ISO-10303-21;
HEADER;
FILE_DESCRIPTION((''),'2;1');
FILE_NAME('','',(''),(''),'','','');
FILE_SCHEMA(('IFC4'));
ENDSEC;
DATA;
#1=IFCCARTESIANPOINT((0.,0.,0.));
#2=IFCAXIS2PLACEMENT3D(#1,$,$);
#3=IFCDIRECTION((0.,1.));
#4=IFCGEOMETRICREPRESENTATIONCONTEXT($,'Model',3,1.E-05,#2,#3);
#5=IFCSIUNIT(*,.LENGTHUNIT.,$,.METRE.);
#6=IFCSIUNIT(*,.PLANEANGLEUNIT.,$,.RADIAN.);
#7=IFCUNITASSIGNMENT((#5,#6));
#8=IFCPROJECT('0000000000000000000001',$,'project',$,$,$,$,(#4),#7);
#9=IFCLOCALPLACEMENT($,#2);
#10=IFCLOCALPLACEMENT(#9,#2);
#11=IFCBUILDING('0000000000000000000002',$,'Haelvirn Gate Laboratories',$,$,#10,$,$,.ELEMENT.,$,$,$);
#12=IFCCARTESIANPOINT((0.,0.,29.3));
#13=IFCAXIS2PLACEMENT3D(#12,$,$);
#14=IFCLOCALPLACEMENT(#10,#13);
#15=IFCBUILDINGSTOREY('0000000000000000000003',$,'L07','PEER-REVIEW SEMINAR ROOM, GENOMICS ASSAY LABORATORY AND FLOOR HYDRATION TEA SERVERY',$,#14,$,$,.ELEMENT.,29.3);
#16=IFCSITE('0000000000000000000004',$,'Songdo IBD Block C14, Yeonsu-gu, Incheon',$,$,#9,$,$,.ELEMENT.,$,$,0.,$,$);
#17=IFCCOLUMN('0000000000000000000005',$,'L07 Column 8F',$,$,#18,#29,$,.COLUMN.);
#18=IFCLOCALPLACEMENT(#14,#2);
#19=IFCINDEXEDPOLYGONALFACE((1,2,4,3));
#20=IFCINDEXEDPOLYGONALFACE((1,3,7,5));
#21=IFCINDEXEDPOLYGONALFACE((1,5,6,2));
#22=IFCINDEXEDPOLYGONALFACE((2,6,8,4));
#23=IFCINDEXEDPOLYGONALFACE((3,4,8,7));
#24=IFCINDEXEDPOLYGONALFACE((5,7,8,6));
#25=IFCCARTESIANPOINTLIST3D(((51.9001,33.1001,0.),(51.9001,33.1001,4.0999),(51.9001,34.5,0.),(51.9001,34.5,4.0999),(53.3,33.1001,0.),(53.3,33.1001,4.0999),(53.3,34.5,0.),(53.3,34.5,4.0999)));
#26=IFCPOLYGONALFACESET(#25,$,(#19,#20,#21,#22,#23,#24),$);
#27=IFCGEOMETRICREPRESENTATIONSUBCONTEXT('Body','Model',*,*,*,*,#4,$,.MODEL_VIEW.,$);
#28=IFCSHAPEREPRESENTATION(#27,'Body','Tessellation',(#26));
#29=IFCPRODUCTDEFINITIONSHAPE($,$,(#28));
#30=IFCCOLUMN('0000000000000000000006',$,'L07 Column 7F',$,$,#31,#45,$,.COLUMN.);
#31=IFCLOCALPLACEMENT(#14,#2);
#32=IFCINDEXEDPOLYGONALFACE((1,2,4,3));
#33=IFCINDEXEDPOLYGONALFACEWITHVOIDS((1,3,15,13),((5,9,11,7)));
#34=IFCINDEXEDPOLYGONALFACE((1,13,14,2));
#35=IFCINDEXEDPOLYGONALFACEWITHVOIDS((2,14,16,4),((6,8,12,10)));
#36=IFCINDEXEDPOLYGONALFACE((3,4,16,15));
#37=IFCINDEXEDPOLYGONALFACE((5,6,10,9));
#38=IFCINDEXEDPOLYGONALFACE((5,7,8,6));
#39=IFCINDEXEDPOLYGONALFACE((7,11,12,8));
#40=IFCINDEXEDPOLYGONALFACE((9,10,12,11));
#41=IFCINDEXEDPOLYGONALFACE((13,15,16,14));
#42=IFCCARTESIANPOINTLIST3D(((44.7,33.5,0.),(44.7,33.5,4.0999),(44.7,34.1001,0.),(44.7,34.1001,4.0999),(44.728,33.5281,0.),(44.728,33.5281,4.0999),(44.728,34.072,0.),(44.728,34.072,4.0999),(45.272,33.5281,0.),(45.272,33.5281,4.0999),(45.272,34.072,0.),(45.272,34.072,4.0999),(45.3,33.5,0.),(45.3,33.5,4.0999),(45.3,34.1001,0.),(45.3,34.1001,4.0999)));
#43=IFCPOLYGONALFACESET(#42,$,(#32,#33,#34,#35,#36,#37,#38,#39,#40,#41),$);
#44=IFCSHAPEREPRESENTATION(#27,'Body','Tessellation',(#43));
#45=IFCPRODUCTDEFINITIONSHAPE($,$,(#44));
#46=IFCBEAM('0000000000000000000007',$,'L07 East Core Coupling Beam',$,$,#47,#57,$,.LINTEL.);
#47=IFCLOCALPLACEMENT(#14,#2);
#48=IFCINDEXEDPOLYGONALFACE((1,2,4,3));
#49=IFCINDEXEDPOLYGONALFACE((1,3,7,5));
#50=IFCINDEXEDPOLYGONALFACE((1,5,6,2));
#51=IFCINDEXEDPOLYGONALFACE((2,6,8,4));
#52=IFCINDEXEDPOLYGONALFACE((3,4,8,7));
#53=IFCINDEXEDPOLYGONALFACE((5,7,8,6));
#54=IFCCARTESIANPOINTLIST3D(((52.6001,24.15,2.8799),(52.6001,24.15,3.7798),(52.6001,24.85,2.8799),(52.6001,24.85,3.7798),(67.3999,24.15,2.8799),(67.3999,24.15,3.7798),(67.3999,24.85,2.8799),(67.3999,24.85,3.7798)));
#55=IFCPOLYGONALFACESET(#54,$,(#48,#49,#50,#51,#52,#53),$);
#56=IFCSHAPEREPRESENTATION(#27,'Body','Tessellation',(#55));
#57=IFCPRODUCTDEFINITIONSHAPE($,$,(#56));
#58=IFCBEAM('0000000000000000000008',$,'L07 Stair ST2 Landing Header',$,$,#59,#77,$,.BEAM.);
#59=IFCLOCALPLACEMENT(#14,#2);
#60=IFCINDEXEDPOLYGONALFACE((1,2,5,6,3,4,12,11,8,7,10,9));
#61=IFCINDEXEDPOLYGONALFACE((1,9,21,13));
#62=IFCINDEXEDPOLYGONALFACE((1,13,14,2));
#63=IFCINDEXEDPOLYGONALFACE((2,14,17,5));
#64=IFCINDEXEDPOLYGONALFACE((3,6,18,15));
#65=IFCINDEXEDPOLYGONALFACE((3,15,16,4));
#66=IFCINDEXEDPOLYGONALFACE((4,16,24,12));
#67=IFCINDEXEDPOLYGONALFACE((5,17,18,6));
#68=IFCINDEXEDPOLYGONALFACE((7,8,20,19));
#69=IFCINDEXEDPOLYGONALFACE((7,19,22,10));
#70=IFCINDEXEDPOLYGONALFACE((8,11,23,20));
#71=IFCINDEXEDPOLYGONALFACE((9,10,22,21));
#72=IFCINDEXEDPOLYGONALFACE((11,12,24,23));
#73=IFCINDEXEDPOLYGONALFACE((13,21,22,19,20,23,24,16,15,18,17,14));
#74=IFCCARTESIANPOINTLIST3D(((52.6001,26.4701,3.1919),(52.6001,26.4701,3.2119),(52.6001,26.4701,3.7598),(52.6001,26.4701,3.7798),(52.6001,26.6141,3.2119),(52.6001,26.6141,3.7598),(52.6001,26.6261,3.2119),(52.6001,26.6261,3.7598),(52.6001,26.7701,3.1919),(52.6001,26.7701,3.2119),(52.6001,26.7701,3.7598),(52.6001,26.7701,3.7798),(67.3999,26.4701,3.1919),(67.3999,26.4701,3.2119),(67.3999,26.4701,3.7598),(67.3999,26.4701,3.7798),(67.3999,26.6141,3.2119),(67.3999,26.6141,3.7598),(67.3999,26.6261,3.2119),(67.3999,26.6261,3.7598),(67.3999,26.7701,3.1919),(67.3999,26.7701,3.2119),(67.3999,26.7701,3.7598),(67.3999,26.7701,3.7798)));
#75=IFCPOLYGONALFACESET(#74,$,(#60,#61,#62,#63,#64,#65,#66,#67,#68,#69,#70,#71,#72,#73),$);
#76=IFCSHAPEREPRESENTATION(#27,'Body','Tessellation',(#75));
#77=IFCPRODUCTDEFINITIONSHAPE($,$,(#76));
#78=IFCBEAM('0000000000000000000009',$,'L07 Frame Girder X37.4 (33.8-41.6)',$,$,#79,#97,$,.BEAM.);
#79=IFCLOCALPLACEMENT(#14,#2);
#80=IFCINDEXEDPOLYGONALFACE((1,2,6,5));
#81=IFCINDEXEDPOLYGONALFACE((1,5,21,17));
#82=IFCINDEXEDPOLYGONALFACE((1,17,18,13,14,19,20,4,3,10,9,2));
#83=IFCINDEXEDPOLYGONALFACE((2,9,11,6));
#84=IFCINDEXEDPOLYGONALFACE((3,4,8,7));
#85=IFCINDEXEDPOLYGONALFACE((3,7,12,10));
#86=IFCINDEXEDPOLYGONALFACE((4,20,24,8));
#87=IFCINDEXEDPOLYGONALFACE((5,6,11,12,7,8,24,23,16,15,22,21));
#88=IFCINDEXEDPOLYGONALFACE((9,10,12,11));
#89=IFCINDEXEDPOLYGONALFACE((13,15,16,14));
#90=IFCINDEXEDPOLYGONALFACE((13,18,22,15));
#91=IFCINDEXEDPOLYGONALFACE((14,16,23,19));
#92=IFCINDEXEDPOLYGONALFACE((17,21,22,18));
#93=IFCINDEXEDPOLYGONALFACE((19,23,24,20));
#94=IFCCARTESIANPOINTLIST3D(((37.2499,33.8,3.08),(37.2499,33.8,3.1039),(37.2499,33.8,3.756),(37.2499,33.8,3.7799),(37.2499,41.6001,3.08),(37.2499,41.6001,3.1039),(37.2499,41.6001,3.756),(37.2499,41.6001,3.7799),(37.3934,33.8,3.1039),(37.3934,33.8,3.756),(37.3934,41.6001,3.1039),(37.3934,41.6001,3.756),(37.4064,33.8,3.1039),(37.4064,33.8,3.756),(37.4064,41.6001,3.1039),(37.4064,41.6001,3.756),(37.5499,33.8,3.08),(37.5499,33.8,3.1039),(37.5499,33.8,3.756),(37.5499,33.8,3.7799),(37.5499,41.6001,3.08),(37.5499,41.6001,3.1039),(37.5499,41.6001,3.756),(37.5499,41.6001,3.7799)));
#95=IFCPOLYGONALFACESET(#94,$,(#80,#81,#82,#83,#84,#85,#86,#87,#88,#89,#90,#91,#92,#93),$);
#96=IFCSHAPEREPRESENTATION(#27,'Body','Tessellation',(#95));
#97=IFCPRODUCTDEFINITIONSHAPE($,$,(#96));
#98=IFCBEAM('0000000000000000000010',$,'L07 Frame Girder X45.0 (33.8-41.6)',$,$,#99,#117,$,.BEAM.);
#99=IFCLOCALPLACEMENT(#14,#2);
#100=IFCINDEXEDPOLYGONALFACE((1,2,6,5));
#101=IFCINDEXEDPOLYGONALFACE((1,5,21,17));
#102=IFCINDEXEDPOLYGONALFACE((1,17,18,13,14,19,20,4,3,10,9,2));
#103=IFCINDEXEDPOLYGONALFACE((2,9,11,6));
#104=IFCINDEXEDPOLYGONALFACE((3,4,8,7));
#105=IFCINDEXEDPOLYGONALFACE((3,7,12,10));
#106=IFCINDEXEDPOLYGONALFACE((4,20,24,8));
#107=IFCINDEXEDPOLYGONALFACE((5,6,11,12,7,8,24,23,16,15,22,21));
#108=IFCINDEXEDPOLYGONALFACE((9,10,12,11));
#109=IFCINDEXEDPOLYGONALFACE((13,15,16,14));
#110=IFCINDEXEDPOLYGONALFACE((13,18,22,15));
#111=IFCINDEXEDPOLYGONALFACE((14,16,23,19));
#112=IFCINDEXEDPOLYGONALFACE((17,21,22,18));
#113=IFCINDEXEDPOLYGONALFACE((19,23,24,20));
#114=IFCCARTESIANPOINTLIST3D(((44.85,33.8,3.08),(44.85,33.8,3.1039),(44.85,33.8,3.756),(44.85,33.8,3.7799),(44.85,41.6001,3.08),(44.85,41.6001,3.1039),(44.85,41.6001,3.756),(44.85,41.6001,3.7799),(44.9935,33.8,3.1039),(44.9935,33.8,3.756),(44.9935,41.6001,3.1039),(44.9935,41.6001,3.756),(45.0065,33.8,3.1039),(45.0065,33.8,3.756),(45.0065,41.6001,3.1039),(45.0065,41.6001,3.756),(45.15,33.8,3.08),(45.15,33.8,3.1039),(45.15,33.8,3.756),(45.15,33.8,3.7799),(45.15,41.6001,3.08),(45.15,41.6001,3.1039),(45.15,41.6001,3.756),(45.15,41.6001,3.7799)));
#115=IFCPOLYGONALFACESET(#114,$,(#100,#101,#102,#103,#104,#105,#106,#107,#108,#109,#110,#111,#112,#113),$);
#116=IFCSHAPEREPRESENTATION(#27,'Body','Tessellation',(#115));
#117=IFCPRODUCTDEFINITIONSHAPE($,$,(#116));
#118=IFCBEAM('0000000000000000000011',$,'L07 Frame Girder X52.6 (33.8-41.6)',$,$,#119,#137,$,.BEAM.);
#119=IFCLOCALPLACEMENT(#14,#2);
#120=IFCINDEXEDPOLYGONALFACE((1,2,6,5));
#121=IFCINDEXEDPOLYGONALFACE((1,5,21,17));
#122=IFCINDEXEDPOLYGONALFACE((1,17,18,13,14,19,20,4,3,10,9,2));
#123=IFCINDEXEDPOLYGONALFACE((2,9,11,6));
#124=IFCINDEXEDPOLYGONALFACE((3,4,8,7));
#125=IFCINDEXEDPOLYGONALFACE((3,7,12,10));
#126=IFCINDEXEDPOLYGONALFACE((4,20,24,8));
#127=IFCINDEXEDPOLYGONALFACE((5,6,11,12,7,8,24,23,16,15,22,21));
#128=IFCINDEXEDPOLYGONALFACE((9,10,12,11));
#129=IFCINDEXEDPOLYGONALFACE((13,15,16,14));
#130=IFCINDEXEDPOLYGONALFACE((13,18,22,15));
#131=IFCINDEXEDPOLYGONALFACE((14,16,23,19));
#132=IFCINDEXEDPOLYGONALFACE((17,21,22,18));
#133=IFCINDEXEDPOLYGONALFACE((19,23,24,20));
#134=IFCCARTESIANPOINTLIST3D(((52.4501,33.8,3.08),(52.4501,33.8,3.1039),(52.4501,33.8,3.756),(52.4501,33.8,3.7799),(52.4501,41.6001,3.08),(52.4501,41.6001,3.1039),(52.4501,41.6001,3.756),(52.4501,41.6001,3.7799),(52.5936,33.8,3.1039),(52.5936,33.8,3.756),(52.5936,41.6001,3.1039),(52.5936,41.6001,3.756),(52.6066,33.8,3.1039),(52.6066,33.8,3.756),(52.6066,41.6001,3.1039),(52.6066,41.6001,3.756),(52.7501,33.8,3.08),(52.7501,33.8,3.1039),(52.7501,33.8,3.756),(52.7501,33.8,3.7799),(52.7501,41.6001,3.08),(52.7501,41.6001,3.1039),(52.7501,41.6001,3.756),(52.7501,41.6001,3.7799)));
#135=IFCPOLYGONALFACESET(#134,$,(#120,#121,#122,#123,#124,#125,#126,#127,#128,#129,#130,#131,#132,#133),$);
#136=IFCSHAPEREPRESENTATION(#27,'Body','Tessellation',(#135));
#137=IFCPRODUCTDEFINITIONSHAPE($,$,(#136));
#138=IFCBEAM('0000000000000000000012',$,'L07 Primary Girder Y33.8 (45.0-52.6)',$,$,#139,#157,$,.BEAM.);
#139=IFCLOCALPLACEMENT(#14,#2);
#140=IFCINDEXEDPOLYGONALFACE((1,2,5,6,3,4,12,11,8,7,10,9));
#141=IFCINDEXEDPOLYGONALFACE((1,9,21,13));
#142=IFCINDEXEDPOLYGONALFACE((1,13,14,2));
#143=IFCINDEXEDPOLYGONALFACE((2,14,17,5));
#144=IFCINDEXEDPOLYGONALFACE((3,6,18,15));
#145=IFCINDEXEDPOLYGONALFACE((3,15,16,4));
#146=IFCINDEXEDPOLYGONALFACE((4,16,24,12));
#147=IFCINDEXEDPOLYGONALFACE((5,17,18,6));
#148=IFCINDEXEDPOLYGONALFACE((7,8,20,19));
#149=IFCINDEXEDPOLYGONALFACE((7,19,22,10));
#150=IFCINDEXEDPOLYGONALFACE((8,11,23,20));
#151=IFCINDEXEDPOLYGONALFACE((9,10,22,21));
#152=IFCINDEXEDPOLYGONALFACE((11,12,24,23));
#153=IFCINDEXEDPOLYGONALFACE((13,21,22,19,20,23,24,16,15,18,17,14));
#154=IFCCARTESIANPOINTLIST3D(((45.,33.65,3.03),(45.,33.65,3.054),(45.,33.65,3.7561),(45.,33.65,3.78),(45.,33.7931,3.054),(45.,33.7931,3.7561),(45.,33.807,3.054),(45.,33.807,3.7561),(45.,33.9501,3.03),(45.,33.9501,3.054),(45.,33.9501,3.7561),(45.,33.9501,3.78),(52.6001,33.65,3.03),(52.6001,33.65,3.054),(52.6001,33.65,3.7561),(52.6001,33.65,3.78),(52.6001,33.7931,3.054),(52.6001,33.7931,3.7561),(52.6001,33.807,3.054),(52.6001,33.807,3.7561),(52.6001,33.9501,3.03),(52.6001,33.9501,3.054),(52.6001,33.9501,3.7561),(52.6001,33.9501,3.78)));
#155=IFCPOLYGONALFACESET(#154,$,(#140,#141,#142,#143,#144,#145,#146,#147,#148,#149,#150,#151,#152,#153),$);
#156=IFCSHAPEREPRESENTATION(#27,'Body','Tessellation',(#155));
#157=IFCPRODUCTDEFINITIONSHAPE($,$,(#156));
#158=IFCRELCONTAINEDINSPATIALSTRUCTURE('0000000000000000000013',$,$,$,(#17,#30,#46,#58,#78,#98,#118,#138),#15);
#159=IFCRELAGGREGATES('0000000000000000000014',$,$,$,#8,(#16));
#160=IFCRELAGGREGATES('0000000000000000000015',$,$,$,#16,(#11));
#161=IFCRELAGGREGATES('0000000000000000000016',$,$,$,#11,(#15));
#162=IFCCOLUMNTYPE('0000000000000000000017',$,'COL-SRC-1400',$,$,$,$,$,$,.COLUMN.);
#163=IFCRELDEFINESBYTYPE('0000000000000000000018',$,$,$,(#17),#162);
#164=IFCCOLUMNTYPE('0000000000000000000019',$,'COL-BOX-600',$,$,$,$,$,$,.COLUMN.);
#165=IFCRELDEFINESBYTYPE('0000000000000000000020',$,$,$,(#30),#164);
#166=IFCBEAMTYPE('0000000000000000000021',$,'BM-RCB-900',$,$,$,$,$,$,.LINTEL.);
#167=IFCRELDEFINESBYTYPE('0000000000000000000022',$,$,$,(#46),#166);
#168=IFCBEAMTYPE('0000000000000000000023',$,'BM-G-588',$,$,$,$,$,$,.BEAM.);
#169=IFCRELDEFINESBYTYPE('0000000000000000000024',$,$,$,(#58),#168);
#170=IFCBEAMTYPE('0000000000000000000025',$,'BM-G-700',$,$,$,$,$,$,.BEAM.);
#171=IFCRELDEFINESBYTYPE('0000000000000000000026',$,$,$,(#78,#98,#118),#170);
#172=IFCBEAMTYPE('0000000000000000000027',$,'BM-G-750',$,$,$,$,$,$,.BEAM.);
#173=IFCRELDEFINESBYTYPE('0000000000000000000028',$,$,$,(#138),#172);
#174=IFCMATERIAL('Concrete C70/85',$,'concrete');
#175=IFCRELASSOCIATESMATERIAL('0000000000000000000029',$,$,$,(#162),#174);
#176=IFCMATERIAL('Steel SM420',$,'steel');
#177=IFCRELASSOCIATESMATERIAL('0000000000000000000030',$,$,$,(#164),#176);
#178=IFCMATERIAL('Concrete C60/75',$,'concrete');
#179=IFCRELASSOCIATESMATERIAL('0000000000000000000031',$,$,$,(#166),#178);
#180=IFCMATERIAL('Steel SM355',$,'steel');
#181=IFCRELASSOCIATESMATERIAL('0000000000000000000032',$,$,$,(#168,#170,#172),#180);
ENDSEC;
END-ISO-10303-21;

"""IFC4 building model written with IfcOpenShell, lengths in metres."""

from ifc_helpers import new_model, si_unit, direction, frame, origin, origin_2d, place, context, subcontext, project, spatial, rectangle, hollow_rectangle, i_section, extrude, source, transform, mapped, material, material_profile, profile_set, type_object, type_shapes, element, save


model = new_model("IFC4")

# Units and contexts
model_context = context("Model", 3, precision=1e-05, world=origin(), true_north=direction((0.0, 1.0)))
body_context = subcontext(model_context, "Body", "Model", "MODEL_VIEW")
ifc_project = project(units=[si_unit("LENGTHUNIT", "METRE"), si_unit("PLANEANGLEUNIT", "RADIAN")], contexts=[model_context])

# Site, building, storey
site_placement = place(None, origin())
site = spatial("IfcSite", under=ifc_project, at=site_placement, Name="Songdo IBD Block C14, Yeonsu-gu, Incheon", CompositionType="ELEMENT", RefElevation=0.0)
building_placement = place(site_placement, origin())
building = spatial("IfcBuilding", under=site, at=building_placement, Name="Haelvirn Gate Laboratories", CompositionType="ELEMENT")
storey_placement = place(building_placement, frame((0.0, 0.0, 29.3)))
storey = spatial("IfcBuildingStorey", under=building, at=storey_placement, Name="L07", Description="PEER-REVIEW SEMINAR ROOM, GENOMICS ASSAY LABORATORY AND FLOOR HYDRATION TEA SERVERY", CompositionType="ELEMENT", Elevation=29.3)

# Columns
ifc_material_1 = material(Name="Concrete C70/85", Category="concrete")
ifc_material_profile_1 = material_profile(ifc_material_1, rectangle(XDim=1.3999, YDim=1.3999, at=origin_2d()), Name="SRC-1400x1400")
ifc_profile_set_1 = profile_set([ifc_material_profile_1], Name="Concrete C70/85")
column_type_1 = type_object("IfcColumnType", Name="COL-SRC-1400", PredefinedType="COLUMN", material=ifc_profile_set_1)
shared_shape_1 = source(origin(), body_context, "Body", "SweptSolid", [
    extrude(rectangle(XDim=1.3999, YDim=1.3999, at=origin_2d()), origin(), (0.0, 0.0, 1.0), 4.0999),
])
type_shapes(column_type_1, [shared_shape_1])
column_1_placement = place(storey_placement, frame((52.6001, 33.8, 0.0), z_axis=(0.0, 0.0, 1.0), x_axis=(1.0, 0.0, 0.0)))
element("IfcColumn", 1, at=column_1_placement, inside=storey, type_object=column_type_1, Name="L07 Column 8F", PredefinedType="COLUMN", context=body_context, shape_type="MappedRepresentation", body=[
    mapped(shared_shape_1, transform((0.0, 0.0, 0.0), scale=1.0)),
])
ifc_material_2 = material(Name="Steel SM420", Category="steel")
ifc_material_profile_2 = material_profile(ifc_material_2, hollow_rectangle(XDim=0.6001, YDim=0.6001, WallThickness=0.0281, at=origin_2d()), Name="BOX-600x600x28")
ifc_profile_set_2 = profile_set([ifc_material_profile_2], Name="Steel SM420")
column_type_2 = type_object("IfcColumnType", Name="COL-BOX-600", PredefinedType="COLUMN", material=ifc_profile_set_2)
shared_shape_2 = source(origin(), body_context, "Body", "SweptSolid", [
    extrude(hollow_rectangle(XDim=0.6001, YDim=0.6001, WallThickness=0.0281, at=origin_2d()), origin(), (0.0, 0.0, 1.0), 4.0999),
])
type_shapes(column_type_2, [shared_shape_2])
column_2_placement = place(storey_placement, frame((45.0, 33.8, 0.0), z_axis=(0.0, 0.0, 1.0), x_axis=(1.0, 0.0, 0.0)))
element("IfcColumn", 2, at=column_2_placement, inside=storey, type_object=column_type_2, Name="L07 Column 7F", PredefinedType="COLUMN", context=body_context, shape_type="MappedRepresentation", body=[
    mapped(shared_shape_2, transform((0.0, 0.0, 0.0), scale=1.0)),
])

# Beams
ifc_material_3 = material(Name="Concrete C60/75", Category="concrete")
ifc_material_profile_3 = material_profile(ifc_material_3, rectangle(XDim=0.7, YDim=0.8999, at=origin_2d()), Name="RCB-700x900")
ifc_profile_set_3 = profile_set([ifc_material_profile_3], Name="Concrete C60/75")
beam_type_1 = type_object("IfcBeamType", Name="BM-RCB-900", PredefinedType="LINTEL", material=ifc_profile_set_3)
shared_shape_3 = source(origin(), body_context, "Body", "SweptSolid", [
    extrude(rectangle(XDim=0.7, YDim=0.8999, at=origin_2d()), origin(), (0.0, 0.0, 1.0), 14.7998),
])
type_shapes(beam_type_1, [shared_shape_3])
beam_1_placement = place(storey_placement, frame((52.6001, 24.5, 3.3298), z_axis=(1.0, 0.0, 0.0), x_axis=(0.0, 1.0, 0.0)))
element("IfcBeam", 3, at=beam_1_placement, inside=storey, type_object=beam_type_1, Name="L07 East Core Coupling Beam", PredefinedType="LINTEL", context=body_context, shape_type="MappedRepresentation", body=[
    mapped(shared_shape_3, transform((0.0, 0.0, 0.0), scale=1.0)),
])
ifc_material_4 = material(Name="Steel SM355", Category="steel")
ifc_material_profile_4 = material_profile(ifc_material_4, i_section(OverallWidth=0.3, OverallDepth=0.5879, WebThickness=0.012, FlangeThickness=0.02, at=origin_2d()), Name="H-588x300x12x20")
ifc_profile_set_4 = profile_set([ifc_material_profile_4], Name="Steel SM355")
beam_type_2 = type_object("IfcBeamType", Name="BM-G-588", PredefinedType="BEAM", material=ifc_profile_set_4)
shared_shape_4 = source(origin(), body_context, "Body", "SweptSolid", [
    extrude(i_section(OverallWidth=0.3, OverallDepth=0.5879, WebThickness=0.012, FlangeThickness=0.02, at=origin_2d()), origin(), (0.0, 0.0, 1.0), 14.7998),
])
type_shapes(beam_type_2, [shared_shape_4])
beam_2_placement = place(storey_placement, frame((52.6001, 26.6201, 3.4858), z_axis=(1.0, 0.0, 0.0), x_axis=(0.0, 1.0, 0.0)))
element("IfcBeam", 4, at=beam_2_placement, inside=storey, type_object=beam_type_2, Name="L07 Stair ST2 Landing Header", PredefinedType="BEAM", context=body_context, shape_type="MappedRepresentation", body=[
    mapped(shared_shape_4, transform((0.0, 0.0, 0.0), scale=1.0)),
])
ifc_material_profile_5 = material_profile(ifc_material_4, i_section(OverallWidth=0.3, OverallDepth=0.7, WebThickness=0.0129, FlangeThickness=0.0239, at=origin_2d()), Name="H-700x300x13x24")
ifc_profile_set_5 = profile_set([ifc_material_profile_5], Name="Steel SM355")
beam_type_3 = type_object("IfcBeamType", Name="BM-G-700", PredefinedType="BEAM", material=ifc_profile_set_5)
shared_shape_5 = source(origin(), body_context, "Body", "SweptSolid", [
    extrude(i_section(OverallWidth=0.3, OverallDepth=0.7, WebThickness=0.0129, FlangeThickness=0.0239, at=origin_2d()), origin(), (0.0, 0.0, 1.0), 7.8),
])
type_shapes(beam_type_3, [shared_shape_5])
for number, where, z_axis, x_axis, name in (
    (5, (37.3999, 33.8, 3.4299), (0.0, 1.0, 0.0), (-1.0, 0.0, 0.0), "L07 Frame Girder X37.4 (33.8-41.6)"),
    (6, (45.0, 33.8, 3.4299), (0.0, 1.0, 0.0), (-1.0, 0.0, 0.0), "L07 Frame Girder X45.0 (33.8-41.6)"),
    (7, (52.6001, 33.8, 3.4299), (0.0, 1.0, 0.0), (-1.0, 0.0, 0.0), "L07 Frame Girder X52.6 (33.8-41.6)"),
):
    element("IfcBeam", number, at=place(storey_placement, frame(where, z_axis=z_axis, x_axis=x_axis)), inside=storey, type_object=beam_type_3, Name=name, PredefinedType="BEAM", context=body_context, shape_type="MappedRepresentation", body=[
        mapped(shared_shape_5, transform((0.0, 0.0, 0.0), scale=1.0)),
    ])
ifc_material_profile_6 = material_profile(ifc_material_4, i_section(OverallWidth=0.3, OverallDepth=0.75, WebThickness=0.0139, FlangeThickness=0.0239, at=origin_2d()), Name="H-750x300x14x24")
ifc_profile_set_6 = profile_set([ifc_material_profile_6], Name="Steel SM355")
beam_type_4 = type_object("IfcBeamType", Name="BM-G-750", PredefinedType="BEAM", material=ifc_profile_set_6)
shared_shape_6 = source(origin(), body_context, "Body", "SweptSolid", [
    extrude(i_section(OverallWidth=0.3, OverallDepth=0.75, WebThickness=0.0139, FlangeThickness=0.0239, at=origin_2d()), origin(), (0.0, 0.0, 1.0), 7.6001),
])
type_shapes(beam_type_4, [shared_shape_6])
beam_3_placement = place(storey_placement, frame((45.0, 33.8, 3.405), z_axis=(1.0, 0.0, 0.0), x_axis=(0.0, 1.0, 0.0)))
element("IfcBeam", 8, at=beam_3_placement, inside=storey, type_object=beam_type_4, Name="L07 Primary Girder Y33.8 (45.0-52.6)", PredefinedType="BEAM", context=body_context, shape_type="MappedRepresentation", body=[
    mapped(shared_shape_6, transform((0.0, 0.0, 0.0), scale=1.0)),
])

save(model, "model.ifc")
